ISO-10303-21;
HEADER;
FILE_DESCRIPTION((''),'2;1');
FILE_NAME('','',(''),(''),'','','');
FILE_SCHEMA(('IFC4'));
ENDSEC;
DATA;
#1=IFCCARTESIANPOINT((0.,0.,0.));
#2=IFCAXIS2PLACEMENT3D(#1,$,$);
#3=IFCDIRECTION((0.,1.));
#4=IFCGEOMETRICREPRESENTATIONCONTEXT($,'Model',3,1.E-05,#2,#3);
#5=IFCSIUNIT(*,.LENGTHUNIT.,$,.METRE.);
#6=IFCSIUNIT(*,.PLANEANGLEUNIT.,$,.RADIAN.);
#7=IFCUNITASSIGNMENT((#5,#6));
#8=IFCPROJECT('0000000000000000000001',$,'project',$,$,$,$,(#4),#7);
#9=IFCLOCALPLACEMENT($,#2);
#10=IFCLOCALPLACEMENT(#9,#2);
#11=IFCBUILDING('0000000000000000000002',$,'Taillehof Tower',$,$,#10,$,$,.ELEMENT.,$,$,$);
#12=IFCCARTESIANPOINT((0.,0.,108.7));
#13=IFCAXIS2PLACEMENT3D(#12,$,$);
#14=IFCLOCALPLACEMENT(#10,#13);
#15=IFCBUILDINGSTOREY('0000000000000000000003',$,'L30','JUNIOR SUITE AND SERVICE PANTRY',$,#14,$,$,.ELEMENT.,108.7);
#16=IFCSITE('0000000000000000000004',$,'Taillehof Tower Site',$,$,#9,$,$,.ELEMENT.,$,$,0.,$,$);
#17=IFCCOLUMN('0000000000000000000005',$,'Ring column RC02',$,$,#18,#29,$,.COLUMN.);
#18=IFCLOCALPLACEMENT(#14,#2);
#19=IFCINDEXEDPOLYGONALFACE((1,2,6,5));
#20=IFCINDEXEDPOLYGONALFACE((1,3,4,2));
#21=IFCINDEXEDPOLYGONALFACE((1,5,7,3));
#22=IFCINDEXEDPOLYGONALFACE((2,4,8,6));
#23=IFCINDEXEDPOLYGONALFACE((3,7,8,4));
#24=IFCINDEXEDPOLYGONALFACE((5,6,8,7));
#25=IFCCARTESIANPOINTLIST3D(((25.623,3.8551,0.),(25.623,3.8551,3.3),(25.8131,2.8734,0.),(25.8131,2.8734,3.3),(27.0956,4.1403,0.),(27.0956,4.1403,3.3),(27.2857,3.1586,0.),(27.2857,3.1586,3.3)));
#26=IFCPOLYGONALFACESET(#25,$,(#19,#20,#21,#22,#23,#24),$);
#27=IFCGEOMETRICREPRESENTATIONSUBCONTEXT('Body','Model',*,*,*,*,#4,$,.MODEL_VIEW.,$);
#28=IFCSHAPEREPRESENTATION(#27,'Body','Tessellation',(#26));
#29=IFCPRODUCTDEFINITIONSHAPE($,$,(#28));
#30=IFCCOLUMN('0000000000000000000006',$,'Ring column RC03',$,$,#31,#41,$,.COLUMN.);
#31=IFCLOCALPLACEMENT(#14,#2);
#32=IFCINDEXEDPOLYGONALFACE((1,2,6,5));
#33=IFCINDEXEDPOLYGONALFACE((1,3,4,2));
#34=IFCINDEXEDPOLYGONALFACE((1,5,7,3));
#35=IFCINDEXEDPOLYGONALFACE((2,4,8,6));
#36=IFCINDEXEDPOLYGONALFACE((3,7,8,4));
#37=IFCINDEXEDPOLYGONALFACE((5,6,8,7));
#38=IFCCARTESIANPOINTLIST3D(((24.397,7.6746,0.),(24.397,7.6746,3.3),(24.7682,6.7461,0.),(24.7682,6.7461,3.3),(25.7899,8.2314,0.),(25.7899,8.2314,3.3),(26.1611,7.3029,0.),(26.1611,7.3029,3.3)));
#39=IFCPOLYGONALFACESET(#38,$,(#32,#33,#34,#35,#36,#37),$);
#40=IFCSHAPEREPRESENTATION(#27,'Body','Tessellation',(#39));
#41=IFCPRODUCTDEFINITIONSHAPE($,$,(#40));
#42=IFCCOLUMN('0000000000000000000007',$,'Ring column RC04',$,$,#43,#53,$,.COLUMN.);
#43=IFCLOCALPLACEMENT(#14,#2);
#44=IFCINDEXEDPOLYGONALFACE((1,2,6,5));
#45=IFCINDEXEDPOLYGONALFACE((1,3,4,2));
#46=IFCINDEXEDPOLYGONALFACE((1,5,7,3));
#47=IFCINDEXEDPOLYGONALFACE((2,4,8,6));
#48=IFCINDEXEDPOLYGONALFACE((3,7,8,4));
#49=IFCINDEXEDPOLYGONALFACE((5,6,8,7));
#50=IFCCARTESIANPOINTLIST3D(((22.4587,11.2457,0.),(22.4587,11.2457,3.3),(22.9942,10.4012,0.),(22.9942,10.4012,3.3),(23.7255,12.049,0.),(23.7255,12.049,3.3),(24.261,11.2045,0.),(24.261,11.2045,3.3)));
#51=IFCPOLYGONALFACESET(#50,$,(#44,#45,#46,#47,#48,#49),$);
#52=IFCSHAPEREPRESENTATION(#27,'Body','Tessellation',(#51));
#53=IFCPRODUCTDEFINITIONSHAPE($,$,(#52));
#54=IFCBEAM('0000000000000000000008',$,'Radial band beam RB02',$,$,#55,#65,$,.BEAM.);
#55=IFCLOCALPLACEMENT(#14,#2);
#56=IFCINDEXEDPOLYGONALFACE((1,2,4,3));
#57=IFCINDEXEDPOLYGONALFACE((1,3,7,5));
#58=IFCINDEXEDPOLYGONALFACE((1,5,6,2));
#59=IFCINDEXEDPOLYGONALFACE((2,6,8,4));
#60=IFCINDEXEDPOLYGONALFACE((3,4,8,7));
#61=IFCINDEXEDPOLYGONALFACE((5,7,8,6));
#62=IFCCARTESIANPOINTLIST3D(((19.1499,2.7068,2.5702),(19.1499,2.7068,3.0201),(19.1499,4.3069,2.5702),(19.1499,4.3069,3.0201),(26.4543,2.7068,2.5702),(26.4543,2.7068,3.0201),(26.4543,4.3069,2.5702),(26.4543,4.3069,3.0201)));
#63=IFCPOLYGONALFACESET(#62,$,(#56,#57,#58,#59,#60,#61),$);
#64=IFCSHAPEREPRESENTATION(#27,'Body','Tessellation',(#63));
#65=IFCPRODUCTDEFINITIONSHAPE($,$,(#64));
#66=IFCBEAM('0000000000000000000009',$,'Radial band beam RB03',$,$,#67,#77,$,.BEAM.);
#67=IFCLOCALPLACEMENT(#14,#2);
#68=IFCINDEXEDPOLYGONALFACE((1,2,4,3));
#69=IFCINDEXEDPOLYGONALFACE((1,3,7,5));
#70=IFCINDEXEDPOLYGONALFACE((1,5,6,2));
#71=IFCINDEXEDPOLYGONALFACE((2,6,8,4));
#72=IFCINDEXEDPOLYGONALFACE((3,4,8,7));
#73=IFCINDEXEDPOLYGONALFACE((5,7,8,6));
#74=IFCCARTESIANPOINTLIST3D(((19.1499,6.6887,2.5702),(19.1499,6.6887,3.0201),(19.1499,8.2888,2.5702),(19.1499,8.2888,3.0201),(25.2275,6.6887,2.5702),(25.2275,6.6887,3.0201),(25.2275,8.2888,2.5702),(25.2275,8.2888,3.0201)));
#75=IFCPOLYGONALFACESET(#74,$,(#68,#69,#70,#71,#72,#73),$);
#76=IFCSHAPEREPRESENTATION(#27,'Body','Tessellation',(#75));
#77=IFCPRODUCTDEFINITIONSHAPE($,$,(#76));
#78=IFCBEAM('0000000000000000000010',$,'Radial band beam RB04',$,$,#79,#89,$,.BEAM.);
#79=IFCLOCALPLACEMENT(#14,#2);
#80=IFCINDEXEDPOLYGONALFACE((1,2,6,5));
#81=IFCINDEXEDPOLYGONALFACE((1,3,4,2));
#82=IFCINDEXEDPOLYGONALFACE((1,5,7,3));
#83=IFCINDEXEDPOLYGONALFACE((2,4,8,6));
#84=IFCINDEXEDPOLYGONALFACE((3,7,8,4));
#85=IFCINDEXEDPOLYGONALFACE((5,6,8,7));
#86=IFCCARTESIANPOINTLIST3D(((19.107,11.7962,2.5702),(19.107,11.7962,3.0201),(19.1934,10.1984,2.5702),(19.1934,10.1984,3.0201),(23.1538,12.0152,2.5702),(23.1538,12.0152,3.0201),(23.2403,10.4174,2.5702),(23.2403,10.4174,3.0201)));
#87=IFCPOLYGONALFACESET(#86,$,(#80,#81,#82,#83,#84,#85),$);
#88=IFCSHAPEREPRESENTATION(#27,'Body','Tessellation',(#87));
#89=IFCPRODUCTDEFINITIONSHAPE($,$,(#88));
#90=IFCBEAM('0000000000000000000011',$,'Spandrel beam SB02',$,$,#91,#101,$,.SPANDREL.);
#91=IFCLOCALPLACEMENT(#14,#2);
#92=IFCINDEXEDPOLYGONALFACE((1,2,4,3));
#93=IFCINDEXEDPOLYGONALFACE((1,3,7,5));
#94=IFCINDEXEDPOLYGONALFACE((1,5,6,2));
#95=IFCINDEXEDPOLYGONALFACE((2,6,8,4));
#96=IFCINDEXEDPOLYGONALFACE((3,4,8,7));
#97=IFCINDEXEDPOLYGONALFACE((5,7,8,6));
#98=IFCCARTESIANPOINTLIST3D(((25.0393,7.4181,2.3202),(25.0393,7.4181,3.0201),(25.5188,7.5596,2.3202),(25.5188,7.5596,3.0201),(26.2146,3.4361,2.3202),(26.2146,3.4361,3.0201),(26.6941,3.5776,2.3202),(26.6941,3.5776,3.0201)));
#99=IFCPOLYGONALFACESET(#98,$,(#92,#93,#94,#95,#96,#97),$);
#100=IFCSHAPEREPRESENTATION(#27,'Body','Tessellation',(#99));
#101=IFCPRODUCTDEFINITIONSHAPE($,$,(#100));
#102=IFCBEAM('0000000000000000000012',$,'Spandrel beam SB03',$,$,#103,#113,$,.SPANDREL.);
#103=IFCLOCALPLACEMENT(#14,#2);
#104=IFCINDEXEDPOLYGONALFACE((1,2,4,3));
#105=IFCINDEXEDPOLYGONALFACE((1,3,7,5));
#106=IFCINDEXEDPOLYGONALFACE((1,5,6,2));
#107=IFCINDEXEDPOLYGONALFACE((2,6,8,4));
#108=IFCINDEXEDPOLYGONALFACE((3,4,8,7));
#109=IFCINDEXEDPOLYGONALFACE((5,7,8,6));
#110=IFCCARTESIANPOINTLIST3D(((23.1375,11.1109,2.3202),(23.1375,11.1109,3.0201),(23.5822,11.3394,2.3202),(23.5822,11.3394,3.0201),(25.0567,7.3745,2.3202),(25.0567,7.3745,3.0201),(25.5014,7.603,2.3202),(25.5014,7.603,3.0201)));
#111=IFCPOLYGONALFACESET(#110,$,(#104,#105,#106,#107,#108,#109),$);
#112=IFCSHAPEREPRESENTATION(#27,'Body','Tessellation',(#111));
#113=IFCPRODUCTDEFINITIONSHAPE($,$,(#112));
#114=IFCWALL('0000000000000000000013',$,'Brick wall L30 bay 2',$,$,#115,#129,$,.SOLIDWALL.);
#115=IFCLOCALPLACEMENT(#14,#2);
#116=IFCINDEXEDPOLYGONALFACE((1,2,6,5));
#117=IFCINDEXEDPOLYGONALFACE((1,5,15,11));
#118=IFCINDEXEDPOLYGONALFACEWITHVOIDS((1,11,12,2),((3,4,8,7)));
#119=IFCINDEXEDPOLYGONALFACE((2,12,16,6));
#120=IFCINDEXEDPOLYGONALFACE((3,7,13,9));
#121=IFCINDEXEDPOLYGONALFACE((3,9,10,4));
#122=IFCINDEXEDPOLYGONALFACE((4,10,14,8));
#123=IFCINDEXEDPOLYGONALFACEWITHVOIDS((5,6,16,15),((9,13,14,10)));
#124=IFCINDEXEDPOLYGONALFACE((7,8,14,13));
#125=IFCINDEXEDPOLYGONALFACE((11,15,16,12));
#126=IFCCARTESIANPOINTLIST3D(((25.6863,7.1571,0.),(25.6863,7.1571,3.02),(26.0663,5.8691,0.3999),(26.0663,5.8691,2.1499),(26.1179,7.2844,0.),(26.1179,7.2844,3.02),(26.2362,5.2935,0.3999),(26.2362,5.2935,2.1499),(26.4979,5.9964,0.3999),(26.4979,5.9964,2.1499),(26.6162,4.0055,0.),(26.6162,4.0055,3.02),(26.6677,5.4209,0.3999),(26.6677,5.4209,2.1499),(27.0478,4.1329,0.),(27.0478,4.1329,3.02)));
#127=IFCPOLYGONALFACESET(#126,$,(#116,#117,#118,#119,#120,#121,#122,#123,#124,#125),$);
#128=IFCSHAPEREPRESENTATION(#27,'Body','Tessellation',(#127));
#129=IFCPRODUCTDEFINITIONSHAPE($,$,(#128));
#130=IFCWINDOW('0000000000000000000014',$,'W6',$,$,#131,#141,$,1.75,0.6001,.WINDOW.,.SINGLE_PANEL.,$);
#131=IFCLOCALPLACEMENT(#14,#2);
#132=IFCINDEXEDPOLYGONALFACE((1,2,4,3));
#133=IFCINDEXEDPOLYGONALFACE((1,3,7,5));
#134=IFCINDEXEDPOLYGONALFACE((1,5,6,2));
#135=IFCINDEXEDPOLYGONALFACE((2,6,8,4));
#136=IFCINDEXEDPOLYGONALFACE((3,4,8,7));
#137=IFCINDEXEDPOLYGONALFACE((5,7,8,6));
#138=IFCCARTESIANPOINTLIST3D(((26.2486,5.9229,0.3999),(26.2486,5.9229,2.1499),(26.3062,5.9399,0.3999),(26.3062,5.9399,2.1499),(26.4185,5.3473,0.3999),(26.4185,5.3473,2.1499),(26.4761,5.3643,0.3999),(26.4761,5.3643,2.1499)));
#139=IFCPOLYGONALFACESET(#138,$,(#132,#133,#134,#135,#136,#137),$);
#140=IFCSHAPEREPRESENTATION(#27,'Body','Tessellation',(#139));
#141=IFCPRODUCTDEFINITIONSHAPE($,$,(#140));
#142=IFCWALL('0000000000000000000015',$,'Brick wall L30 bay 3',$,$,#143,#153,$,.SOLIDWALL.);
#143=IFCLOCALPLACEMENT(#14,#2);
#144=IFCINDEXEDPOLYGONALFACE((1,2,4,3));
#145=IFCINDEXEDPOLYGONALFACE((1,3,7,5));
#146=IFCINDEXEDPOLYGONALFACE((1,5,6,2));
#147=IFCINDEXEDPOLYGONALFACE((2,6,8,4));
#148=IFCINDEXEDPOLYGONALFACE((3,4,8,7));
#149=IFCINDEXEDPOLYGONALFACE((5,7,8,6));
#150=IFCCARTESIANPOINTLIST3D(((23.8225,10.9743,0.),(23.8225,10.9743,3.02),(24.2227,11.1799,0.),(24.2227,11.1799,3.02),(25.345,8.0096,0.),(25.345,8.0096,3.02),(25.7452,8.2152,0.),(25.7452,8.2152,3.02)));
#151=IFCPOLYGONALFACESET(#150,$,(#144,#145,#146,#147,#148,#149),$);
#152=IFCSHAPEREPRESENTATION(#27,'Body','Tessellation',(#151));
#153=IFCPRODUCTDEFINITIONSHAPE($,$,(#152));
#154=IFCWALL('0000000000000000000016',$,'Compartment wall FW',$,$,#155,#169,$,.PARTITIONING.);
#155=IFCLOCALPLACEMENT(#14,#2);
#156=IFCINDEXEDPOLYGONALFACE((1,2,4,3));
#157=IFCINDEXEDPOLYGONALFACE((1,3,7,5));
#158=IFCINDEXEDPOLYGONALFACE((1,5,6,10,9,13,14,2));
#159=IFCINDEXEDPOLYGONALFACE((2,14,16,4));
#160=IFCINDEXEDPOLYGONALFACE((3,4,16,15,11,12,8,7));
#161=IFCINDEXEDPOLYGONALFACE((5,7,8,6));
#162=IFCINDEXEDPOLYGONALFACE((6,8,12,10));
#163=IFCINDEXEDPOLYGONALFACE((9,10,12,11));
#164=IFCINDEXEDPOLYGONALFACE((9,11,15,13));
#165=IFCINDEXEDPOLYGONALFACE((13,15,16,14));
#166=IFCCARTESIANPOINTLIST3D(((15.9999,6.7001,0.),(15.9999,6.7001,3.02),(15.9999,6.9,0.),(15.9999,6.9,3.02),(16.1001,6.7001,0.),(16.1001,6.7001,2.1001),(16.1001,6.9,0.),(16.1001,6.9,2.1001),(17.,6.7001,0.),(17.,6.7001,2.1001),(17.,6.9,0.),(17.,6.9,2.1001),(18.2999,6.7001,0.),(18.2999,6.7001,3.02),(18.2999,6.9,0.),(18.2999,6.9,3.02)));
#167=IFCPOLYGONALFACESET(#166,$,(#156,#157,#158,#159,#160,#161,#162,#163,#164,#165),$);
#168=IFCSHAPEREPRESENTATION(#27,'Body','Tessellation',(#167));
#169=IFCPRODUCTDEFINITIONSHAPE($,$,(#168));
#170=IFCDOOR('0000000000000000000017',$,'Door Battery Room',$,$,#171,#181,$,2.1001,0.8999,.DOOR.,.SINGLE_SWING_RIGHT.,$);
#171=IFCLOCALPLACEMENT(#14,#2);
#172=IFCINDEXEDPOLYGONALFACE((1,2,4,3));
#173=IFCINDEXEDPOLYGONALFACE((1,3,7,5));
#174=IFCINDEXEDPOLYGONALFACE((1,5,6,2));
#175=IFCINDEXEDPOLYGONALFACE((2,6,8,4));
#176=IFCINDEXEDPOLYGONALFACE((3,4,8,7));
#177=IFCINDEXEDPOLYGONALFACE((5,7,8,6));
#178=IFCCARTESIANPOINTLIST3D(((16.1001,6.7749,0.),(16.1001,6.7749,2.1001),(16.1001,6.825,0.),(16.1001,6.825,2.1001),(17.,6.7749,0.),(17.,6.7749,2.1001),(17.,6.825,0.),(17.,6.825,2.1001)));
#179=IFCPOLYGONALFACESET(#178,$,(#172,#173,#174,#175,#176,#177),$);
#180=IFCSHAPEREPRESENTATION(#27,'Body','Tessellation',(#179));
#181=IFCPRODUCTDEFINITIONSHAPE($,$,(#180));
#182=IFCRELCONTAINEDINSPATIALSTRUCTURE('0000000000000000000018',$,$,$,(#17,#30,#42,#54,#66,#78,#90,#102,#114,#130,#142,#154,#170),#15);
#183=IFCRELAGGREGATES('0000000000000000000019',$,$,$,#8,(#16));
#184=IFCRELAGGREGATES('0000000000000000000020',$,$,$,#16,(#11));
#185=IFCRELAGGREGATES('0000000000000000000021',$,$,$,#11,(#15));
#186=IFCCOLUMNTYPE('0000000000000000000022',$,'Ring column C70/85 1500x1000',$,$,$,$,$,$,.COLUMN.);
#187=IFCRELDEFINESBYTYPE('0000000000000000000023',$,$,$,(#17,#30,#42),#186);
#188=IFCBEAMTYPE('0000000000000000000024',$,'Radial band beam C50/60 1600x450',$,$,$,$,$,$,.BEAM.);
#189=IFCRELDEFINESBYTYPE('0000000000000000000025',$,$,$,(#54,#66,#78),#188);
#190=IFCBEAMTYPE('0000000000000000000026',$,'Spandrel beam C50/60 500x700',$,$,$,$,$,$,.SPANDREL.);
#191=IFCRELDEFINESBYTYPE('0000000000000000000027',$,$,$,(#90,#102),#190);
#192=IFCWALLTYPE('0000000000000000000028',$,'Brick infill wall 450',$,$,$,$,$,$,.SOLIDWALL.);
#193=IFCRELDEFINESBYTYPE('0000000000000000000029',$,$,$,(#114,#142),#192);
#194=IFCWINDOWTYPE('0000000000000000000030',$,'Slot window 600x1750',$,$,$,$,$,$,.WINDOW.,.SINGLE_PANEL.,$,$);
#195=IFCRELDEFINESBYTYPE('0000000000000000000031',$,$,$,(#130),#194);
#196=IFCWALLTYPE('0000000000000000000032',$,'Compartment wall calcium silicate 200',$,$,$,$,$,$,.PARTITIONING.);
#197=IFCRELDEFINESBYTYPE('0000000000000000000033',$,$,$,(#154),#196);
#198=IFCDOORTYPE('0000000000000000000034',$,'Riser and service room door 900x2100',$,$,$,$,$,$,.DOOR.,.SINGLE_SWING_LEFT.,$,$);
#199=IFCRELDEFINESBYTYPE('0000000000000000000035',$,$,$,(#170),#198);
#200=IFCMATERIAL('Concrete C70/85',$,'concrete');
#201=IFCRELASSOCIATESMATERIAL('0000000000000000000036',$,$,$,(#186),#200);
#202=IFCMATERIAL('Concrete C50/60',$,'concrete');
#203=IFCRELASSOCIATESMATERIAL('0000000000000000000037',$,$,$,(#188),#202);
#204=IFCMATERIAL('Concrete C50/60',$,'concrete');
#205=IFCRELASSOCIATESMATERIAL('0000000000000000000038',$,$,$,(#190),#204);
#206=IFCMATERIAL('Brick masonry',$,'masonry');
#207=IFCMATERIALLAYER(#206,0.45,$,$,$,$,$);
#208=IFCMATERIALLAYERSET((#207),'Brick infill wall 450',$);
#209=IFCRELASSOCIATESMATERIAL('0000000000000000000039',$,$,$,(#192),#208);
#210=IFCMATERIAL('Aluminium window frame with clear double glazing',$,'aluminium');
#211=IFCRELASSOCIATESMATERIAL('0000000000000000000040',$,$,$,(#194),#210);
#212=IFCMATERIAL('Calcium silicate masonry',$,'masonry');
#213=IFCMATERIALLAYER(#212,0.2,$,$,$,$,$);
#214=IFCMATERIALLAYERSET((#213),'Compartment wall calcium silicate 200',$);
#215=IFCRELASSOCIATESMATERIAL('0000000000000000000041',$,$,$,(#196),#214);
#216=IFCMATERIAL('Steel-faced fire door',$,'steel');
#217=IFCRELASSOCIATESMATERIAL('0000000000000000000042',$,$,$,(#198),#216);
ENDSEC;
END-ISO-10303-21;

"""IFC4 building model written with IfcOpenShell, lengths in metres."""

from ifc_helpers import new_model, si_unit, direction, frame, frame_2d, origin, origin_2d, place, context, subcontext, project, spatial, rectangle, extrude, material, layer, layer_set, material_profile, profile_set, type_object, element, fill, save


model = new_model("IFC4")

# Units and contexts
model_context = context("Model", 3, precision=1e-05, world=origin(), true_north=direction((0.0, 1.0)))
body_context = subcontext(model_context, "Body", "Model", "MODEL_VIEW")
ifc_project = project(units=[si_unit("LENGTHUNIT", "METRE"), si_unit("PLANEANGLEUNIT", "RADIAN")], contexts=[model_context])

# Site, building, storey
site_placement = place(None, origin())
site = spatial("IfcSite", under=ifc_project, at=site_placement, Name="Taillehof Tower Site", CompositionType="ELEMENT", RefElevation=0.0)
building_placement = place(site_placement, origin())
building = spatial("IfcBuilding", under=site, at=building_placement, Name="Taillehof Tower", CompositionType="ELEMENT")
storey_placement = place(building_placement, frame((0.0, 0.0, 108.7)))
storey = spatial("IfcBuildingStorey", under=building, at=storey_placement, Name="L30", Description="JUNIOR SUITE AND SERVICE PANTRY", CompositionType="ELEMENT", Elevation=108.7)

# Columns
ifc_material_1 = material(Name="Concrete C70/85", Category="concrete")
ifc_material_profile_1 = material_profile(ifc_material_1, rectangle(XDim=1.5, YDim=1.0, at=origin_2d()), Name="RC 1500x1000")
ifc_profile_set_1 = profile_set([ifc_material_profile_1], Name="Concrete C70/85")
column_type = type_object("IfcColumnType", Name="Ring column C70/85 1500x1000", PredefinedType="COLUMN", material=ifc_profile_set_1)
for number, where, z_axis, x_axis, name in (
    (1, (26.4543, 3.5068, 0.0), (0.0, 0.0, 1.0), (0.981757, 0.190138, 0.0), "Ring column RC02"),
    (2, (25.2791, 7.4888, 0.0), (0.0, 0.0, 1.0), (0.92855, 0.371207, 0.0), "Ring column RC03"),
    (3, (23.3599, 11.2251, 0.0), (0.0, 0.0, 1.0), (0.844511, 0.535537, 0.0), "Ring column RC04"),
):
    element("IfcColumn", number, at=place(storey_placement, frame(where, z_axis=z_axis, x_axis=x_axis)), inside=storey, type_object=column_type, Name=name, PredefinedType="COLUMN", context=body_context, shape_type="SweptSolid", body=[
        extrude(rectangle(XDim=1.5, YDim=1.0, at=origin_2d()), origin(), (0.0, 0.0, 1.0), 3.3),
    ])

# Beams
ifc_material_2 = material(Name="Concrete C50/60", Category="concrete")
ifc_material_profile_2 = material_profile(ifc_material_2, rectangle(XDim=1.6001, YDim=0.45, at=origin_2d()), Name="RC 1600x450")
ifc_profile_set_2 = profile_set([ifc_material_profile_2], Name="Concrete C50/60")
beam_type_1 = type_object("IfcBeamType", Name="Radial band beam C50/60 1600x450", PredefinedType="BEAM", material=ifc_profile_set_2)
beam_1_placement = place(storey_placement, frame((26.4543, 3.5068, 2.7952), z_axis=(-1.0, 0.0, 0.0), x_axis=(0.0, -1.0, 0.0)))
element("IfcBeam", 4, at=beam_1_placement, inside=storey, type_object=beam_type_1, Name="Radial band beam RB02", PredefinedType="BEAM", context=body_context, shape_type="SweptSolid", body=[
    extrude(rectangle(XDim=1.6001, YDim=0.45, at=origin_2d()), origin(), (0.0, 0.0, 1.0), 7.3044),
])
beam_2_placement = place(storey_placement, frame((25.2275, 7.4888, 2.7952), z_axis=(-1.0, 0.0, 0.0), x_axis=(0.0, -1.0, 0.0)))
element("IfcBeam", 5, at=beam_2_placement, inside=storey, type_object=beam_type_1, Name="Radial band beam RB03", PredefinedType="BEAM", context=body_context, shape_type="SweptSolid", body=[
    extrude(rectangle(XDim=1.6001, YDim=0.45, at=origin_2d()), origin(), (0.0, 0.0, 1.0), 6.0776),
])
beam_3_placement = place(storey_placement, frame((23.197, 11.2163, 2.7952), z_axis=(-0.998539, -0.054035, 0.0), x_axis=(0.054035, -0.998539, 0.0)))
element("IfcBeam", 6, at=beam_3_placement, inside=storey, type_object=beam_type_1, Name="Radial band beam RB04", PredefinedType="BEAM", context=body_context, shape_type="SweptSolid", body=[
    extrude(rectangle(XDim=1.6001, YDim=0.45, at=origin_2d()), origin(), (0.0, 0.0, 1.0), 4.0527),
])
ifc_material_3 = material(Name="Concrete C50/60", Category="concrete")
ifc_material_profile_3 = material_profile(ifc_material_3, rectangle(XDim=0.5, YDim=0.7, at=origin_2d()), Name="RC 500x700")
ifc_profile_set_3 = profile_set([ifc_material_profile_3], Name="Concrete C50/60")
beam_type_2 = type_object("IfcBeamType", Name="Spandrel beam C50/60 500x700", PredefinedType="SPANDREL", material=ifc_profile_set_3)
beam_4_placement = place(storey_placement, frame((26.4543, 3.5068, 2.6702), z_axis=(-0.283083, 0.959095, 0.0), x_axis=(-0.959095, -0.283083, 0.0)))
element("IfcBeam", 7, at=beam_4_placement, inside=storey, type_object=beam_type_2, Name="Spandrel beam SB02", PredefinedType="SPANDREL", context=body_context, shape_type="SweptSolid", body=[
    extrude(rectangle(XDim=0.5, YDim=0.7, at=origin_2d()), origin(), (0.0, 0.0, 1.0), 4.1519),
])
beam_5_placement = place(storey_placement, frame((25.2791, 7.4888, 2.6702), z_axis=(-0.456905, 0.889515, 0.0), x_axis=(-0.889515, -0.456905, 0.0)))
element("IfcBeam", 8, at=beam_5_placement, inside=storey, type_object=beam_type_2, Name="Spandrel beam SB03", PredefinedType="SPANDREL", context=body_context, shape_type="SweptSolid", body=[
    extrude(rectangle(XDim=0.5, YDim=0.7, at=origin_2d()), origin(), (0.0, 0.0, 1.0), 4.2004),
])

# Wall, opening, window
ifc_material_4 = material(Name="Brick masonry", Category="masonry")
ifc_layer_1 = layer(ifc_material_4, 0.45)
ifc_layer_set_1 = layer_set([ifc_layer_1], Name="Brick infill wall 450")
wall_type_1 = type_object("IfcWallType", Name="Brick infill wall 450", PredefinedType="SOLIDWALL", material=ifc_layer_set_1)
wall_1_placement = place(storey_placement, frame((26.832, 4.0691, 0.0), z_axis=(0.0, 0.0, 1.0), x_axis=(-0.283003, 0.959119, 0.0)))
wall_1 = element("IfcWall", 9, at=wall_1_placement, inside=storey, type_object=wall_type_1, Name="Brick wall L30 bay 2", PredefinedType="SOLIDWALL", context=body_context, shape_type="SweptSolid", body=[
    extrude(rectangle(XDim=3.2859, YDim=0.45, at=frame_2d((1.6431, 0.0))), origin(), (0.0, 0.0, 1.0), 3.02),
])
opening_1_placement = place(wall_1_placement, frame((1.343, 0.0, 0.3999)))
opening_1 = element("IfcOpeningElement", 10, at=opening_1_placement, cuts=wall_1, PredefinedType="OPENING", context=body_context, shape_type="SweptSolid", body=[
    extrude(rectangle(XDim=0.6001, YDim=1.75, at=frame_2d((0.3, 0.875))), frame((0.0, 0.2349, 0.0), z_axis=(0.0, -1.0, 0.0), x_axis=(1.0, 0.0, 0.0)), (0.0, 0.0, 1.0), 0.47),
])
ifc_material_5 = material(Name="Aluminium window frame with clear double glazing", Category="aluminium")
window_type = type_object("IfcWindowType", Name="Slot window 600x1750", PartitioningType="SINGLE_PANEL", PredefinedType="WINDOW", material=ifc_material_5)
window_placement = place(opening_1_placement, origin())
window = element("IfcWindow", 11, at=window_placement, inside=storey, type_object=window_type, Name="W6", OverallHeight=1.75, OverallWidth=0.6001, PartitioningType="SINGLE_PANEL", PredefinedType="WINDOW", context=body_context, shape_type="SweptSolid", body=[
    extrude(rectangle(XDim=0.6001, YDim=1.75, at=frame_2d((0.3, 0.875))), frame((0.0, 0.0349, 0.0), z_axis=(0.0, -1.0, 0.0), x_axis=(1.0, 0.0, 0.0)), (0.0, 0.0, 1.0), 0.0601),
])
fill(opening_1, window)

# Wall
wall_2_placement = place(storey_placement, frame((25.5452, 8.1123, 0.0), z_axis=(0.0, 0.0, 1.0), x_axis=(-0.456828, 0.889555, 0.0)))
element("IfcWall", 12, at=wall_2_placement, inside=storey, type_object=wall_type_1, Name="Brick wall L30 bay 3", PredefinedType="SOLIDWALL", context=body_context, shape_type="SweptSolid", body=[
    extrude(rectangle(XDim=3.3328, YDim=0.45, at=frame_2d((1.6665, 0.0))), origin(), (0.0, 0.0, 1.0), 3.02),
])

# Wall, opening, door
ifc_material_6 = material(Name="Calcium silicate masonry", Category="masonry")
ifc_layer_2 = layer(ifc_material_6, 0.2)
ifc_layer_set_2 = layer_set([ifc_layer_2], Name="Compartment wall calcium silicate 200")
wall_type_2 = type_object("IfcWallType", Name="Compartment wall calcium silicate 200", PredefinedType="PARTITIONING", material=ifc_layer_set_2)
wall_3_placement = place(storey_placement, frame((16.0, 6.8, 0.0), z_axis=(0.0, 0.0, 1.0), x_axis=(1.0, 0.0, 0.0)))
wall_3 = element("IfcWall", 13, at=wall_3_placement, inside=storey, type_object=wall_type_2, Name="Compartment wall FW", PredefinedType="PARTITIONING", context=body_context, shape_type="SweptSolid", body=[
    extrude(rectangle(XDim=2.3, YDim=0.2, at=frame_2d((1.1499, 0.0))), origin(), (0.0, 0.0, 1.0), 3.02),
])
opening_2_placement = place(wall_3_placement, frame((0.1001, 0.0, 0.0)))
opening_2 = element("IfcOpeningElement", 14, at=opening_2_placement, cuts=wall_3, PredefinedType="OPENING", context=body_context, shape_type="SweptSolid", body=[
    extrude(rectangle(XDim=0.8999, YDim=2.1001, at=frame_2d((0.45, 1.05))), frame((0.0, 0.1099, 0.0), z_axis=(0.0, -1.0, 0.0), x_axis=(1.0, 0.0, 0.0)), (0.0, 0.0, 1.0), 0.22),
])
ifc_material_7 = material(Name="Steel-faced fire door", Category="steel")
door_type_1 = type_object("IfcDoorType", Name="Riser and service room door 900x2100", OperationType="SINGLE_SWING_LEFT", PredefinedType="DOOR", material=ifc_material_7)
door_1_placement = place(opening_2_placement, origin())
door_1 = element("IfcDoor", 15, at=door_1_placement, inside=storey, type_object=door_type_1, Name="Door Battery Room", OperationType="SINGLE_SWING_RIGHT", OverallHeight=2.1001, OverallWidth=0.8999, PredefinedType="DOOR", context=body_context, shape_type="SweptSolid", body=[
    extrude(rectangle(XDim=0.8999, YDim=2.1001, at=frame_2d((0.45, 1.05))), frame((0.0, 0.0249, 0.0), z_axis=(0.0, -1.0, 0.0), x_axis=(1.0, 0.0, 0.0)), (0.0, 0.0, 1.0), 0.05),
])
fill(opening_2, door_1)

save(model, "model.ifc")
